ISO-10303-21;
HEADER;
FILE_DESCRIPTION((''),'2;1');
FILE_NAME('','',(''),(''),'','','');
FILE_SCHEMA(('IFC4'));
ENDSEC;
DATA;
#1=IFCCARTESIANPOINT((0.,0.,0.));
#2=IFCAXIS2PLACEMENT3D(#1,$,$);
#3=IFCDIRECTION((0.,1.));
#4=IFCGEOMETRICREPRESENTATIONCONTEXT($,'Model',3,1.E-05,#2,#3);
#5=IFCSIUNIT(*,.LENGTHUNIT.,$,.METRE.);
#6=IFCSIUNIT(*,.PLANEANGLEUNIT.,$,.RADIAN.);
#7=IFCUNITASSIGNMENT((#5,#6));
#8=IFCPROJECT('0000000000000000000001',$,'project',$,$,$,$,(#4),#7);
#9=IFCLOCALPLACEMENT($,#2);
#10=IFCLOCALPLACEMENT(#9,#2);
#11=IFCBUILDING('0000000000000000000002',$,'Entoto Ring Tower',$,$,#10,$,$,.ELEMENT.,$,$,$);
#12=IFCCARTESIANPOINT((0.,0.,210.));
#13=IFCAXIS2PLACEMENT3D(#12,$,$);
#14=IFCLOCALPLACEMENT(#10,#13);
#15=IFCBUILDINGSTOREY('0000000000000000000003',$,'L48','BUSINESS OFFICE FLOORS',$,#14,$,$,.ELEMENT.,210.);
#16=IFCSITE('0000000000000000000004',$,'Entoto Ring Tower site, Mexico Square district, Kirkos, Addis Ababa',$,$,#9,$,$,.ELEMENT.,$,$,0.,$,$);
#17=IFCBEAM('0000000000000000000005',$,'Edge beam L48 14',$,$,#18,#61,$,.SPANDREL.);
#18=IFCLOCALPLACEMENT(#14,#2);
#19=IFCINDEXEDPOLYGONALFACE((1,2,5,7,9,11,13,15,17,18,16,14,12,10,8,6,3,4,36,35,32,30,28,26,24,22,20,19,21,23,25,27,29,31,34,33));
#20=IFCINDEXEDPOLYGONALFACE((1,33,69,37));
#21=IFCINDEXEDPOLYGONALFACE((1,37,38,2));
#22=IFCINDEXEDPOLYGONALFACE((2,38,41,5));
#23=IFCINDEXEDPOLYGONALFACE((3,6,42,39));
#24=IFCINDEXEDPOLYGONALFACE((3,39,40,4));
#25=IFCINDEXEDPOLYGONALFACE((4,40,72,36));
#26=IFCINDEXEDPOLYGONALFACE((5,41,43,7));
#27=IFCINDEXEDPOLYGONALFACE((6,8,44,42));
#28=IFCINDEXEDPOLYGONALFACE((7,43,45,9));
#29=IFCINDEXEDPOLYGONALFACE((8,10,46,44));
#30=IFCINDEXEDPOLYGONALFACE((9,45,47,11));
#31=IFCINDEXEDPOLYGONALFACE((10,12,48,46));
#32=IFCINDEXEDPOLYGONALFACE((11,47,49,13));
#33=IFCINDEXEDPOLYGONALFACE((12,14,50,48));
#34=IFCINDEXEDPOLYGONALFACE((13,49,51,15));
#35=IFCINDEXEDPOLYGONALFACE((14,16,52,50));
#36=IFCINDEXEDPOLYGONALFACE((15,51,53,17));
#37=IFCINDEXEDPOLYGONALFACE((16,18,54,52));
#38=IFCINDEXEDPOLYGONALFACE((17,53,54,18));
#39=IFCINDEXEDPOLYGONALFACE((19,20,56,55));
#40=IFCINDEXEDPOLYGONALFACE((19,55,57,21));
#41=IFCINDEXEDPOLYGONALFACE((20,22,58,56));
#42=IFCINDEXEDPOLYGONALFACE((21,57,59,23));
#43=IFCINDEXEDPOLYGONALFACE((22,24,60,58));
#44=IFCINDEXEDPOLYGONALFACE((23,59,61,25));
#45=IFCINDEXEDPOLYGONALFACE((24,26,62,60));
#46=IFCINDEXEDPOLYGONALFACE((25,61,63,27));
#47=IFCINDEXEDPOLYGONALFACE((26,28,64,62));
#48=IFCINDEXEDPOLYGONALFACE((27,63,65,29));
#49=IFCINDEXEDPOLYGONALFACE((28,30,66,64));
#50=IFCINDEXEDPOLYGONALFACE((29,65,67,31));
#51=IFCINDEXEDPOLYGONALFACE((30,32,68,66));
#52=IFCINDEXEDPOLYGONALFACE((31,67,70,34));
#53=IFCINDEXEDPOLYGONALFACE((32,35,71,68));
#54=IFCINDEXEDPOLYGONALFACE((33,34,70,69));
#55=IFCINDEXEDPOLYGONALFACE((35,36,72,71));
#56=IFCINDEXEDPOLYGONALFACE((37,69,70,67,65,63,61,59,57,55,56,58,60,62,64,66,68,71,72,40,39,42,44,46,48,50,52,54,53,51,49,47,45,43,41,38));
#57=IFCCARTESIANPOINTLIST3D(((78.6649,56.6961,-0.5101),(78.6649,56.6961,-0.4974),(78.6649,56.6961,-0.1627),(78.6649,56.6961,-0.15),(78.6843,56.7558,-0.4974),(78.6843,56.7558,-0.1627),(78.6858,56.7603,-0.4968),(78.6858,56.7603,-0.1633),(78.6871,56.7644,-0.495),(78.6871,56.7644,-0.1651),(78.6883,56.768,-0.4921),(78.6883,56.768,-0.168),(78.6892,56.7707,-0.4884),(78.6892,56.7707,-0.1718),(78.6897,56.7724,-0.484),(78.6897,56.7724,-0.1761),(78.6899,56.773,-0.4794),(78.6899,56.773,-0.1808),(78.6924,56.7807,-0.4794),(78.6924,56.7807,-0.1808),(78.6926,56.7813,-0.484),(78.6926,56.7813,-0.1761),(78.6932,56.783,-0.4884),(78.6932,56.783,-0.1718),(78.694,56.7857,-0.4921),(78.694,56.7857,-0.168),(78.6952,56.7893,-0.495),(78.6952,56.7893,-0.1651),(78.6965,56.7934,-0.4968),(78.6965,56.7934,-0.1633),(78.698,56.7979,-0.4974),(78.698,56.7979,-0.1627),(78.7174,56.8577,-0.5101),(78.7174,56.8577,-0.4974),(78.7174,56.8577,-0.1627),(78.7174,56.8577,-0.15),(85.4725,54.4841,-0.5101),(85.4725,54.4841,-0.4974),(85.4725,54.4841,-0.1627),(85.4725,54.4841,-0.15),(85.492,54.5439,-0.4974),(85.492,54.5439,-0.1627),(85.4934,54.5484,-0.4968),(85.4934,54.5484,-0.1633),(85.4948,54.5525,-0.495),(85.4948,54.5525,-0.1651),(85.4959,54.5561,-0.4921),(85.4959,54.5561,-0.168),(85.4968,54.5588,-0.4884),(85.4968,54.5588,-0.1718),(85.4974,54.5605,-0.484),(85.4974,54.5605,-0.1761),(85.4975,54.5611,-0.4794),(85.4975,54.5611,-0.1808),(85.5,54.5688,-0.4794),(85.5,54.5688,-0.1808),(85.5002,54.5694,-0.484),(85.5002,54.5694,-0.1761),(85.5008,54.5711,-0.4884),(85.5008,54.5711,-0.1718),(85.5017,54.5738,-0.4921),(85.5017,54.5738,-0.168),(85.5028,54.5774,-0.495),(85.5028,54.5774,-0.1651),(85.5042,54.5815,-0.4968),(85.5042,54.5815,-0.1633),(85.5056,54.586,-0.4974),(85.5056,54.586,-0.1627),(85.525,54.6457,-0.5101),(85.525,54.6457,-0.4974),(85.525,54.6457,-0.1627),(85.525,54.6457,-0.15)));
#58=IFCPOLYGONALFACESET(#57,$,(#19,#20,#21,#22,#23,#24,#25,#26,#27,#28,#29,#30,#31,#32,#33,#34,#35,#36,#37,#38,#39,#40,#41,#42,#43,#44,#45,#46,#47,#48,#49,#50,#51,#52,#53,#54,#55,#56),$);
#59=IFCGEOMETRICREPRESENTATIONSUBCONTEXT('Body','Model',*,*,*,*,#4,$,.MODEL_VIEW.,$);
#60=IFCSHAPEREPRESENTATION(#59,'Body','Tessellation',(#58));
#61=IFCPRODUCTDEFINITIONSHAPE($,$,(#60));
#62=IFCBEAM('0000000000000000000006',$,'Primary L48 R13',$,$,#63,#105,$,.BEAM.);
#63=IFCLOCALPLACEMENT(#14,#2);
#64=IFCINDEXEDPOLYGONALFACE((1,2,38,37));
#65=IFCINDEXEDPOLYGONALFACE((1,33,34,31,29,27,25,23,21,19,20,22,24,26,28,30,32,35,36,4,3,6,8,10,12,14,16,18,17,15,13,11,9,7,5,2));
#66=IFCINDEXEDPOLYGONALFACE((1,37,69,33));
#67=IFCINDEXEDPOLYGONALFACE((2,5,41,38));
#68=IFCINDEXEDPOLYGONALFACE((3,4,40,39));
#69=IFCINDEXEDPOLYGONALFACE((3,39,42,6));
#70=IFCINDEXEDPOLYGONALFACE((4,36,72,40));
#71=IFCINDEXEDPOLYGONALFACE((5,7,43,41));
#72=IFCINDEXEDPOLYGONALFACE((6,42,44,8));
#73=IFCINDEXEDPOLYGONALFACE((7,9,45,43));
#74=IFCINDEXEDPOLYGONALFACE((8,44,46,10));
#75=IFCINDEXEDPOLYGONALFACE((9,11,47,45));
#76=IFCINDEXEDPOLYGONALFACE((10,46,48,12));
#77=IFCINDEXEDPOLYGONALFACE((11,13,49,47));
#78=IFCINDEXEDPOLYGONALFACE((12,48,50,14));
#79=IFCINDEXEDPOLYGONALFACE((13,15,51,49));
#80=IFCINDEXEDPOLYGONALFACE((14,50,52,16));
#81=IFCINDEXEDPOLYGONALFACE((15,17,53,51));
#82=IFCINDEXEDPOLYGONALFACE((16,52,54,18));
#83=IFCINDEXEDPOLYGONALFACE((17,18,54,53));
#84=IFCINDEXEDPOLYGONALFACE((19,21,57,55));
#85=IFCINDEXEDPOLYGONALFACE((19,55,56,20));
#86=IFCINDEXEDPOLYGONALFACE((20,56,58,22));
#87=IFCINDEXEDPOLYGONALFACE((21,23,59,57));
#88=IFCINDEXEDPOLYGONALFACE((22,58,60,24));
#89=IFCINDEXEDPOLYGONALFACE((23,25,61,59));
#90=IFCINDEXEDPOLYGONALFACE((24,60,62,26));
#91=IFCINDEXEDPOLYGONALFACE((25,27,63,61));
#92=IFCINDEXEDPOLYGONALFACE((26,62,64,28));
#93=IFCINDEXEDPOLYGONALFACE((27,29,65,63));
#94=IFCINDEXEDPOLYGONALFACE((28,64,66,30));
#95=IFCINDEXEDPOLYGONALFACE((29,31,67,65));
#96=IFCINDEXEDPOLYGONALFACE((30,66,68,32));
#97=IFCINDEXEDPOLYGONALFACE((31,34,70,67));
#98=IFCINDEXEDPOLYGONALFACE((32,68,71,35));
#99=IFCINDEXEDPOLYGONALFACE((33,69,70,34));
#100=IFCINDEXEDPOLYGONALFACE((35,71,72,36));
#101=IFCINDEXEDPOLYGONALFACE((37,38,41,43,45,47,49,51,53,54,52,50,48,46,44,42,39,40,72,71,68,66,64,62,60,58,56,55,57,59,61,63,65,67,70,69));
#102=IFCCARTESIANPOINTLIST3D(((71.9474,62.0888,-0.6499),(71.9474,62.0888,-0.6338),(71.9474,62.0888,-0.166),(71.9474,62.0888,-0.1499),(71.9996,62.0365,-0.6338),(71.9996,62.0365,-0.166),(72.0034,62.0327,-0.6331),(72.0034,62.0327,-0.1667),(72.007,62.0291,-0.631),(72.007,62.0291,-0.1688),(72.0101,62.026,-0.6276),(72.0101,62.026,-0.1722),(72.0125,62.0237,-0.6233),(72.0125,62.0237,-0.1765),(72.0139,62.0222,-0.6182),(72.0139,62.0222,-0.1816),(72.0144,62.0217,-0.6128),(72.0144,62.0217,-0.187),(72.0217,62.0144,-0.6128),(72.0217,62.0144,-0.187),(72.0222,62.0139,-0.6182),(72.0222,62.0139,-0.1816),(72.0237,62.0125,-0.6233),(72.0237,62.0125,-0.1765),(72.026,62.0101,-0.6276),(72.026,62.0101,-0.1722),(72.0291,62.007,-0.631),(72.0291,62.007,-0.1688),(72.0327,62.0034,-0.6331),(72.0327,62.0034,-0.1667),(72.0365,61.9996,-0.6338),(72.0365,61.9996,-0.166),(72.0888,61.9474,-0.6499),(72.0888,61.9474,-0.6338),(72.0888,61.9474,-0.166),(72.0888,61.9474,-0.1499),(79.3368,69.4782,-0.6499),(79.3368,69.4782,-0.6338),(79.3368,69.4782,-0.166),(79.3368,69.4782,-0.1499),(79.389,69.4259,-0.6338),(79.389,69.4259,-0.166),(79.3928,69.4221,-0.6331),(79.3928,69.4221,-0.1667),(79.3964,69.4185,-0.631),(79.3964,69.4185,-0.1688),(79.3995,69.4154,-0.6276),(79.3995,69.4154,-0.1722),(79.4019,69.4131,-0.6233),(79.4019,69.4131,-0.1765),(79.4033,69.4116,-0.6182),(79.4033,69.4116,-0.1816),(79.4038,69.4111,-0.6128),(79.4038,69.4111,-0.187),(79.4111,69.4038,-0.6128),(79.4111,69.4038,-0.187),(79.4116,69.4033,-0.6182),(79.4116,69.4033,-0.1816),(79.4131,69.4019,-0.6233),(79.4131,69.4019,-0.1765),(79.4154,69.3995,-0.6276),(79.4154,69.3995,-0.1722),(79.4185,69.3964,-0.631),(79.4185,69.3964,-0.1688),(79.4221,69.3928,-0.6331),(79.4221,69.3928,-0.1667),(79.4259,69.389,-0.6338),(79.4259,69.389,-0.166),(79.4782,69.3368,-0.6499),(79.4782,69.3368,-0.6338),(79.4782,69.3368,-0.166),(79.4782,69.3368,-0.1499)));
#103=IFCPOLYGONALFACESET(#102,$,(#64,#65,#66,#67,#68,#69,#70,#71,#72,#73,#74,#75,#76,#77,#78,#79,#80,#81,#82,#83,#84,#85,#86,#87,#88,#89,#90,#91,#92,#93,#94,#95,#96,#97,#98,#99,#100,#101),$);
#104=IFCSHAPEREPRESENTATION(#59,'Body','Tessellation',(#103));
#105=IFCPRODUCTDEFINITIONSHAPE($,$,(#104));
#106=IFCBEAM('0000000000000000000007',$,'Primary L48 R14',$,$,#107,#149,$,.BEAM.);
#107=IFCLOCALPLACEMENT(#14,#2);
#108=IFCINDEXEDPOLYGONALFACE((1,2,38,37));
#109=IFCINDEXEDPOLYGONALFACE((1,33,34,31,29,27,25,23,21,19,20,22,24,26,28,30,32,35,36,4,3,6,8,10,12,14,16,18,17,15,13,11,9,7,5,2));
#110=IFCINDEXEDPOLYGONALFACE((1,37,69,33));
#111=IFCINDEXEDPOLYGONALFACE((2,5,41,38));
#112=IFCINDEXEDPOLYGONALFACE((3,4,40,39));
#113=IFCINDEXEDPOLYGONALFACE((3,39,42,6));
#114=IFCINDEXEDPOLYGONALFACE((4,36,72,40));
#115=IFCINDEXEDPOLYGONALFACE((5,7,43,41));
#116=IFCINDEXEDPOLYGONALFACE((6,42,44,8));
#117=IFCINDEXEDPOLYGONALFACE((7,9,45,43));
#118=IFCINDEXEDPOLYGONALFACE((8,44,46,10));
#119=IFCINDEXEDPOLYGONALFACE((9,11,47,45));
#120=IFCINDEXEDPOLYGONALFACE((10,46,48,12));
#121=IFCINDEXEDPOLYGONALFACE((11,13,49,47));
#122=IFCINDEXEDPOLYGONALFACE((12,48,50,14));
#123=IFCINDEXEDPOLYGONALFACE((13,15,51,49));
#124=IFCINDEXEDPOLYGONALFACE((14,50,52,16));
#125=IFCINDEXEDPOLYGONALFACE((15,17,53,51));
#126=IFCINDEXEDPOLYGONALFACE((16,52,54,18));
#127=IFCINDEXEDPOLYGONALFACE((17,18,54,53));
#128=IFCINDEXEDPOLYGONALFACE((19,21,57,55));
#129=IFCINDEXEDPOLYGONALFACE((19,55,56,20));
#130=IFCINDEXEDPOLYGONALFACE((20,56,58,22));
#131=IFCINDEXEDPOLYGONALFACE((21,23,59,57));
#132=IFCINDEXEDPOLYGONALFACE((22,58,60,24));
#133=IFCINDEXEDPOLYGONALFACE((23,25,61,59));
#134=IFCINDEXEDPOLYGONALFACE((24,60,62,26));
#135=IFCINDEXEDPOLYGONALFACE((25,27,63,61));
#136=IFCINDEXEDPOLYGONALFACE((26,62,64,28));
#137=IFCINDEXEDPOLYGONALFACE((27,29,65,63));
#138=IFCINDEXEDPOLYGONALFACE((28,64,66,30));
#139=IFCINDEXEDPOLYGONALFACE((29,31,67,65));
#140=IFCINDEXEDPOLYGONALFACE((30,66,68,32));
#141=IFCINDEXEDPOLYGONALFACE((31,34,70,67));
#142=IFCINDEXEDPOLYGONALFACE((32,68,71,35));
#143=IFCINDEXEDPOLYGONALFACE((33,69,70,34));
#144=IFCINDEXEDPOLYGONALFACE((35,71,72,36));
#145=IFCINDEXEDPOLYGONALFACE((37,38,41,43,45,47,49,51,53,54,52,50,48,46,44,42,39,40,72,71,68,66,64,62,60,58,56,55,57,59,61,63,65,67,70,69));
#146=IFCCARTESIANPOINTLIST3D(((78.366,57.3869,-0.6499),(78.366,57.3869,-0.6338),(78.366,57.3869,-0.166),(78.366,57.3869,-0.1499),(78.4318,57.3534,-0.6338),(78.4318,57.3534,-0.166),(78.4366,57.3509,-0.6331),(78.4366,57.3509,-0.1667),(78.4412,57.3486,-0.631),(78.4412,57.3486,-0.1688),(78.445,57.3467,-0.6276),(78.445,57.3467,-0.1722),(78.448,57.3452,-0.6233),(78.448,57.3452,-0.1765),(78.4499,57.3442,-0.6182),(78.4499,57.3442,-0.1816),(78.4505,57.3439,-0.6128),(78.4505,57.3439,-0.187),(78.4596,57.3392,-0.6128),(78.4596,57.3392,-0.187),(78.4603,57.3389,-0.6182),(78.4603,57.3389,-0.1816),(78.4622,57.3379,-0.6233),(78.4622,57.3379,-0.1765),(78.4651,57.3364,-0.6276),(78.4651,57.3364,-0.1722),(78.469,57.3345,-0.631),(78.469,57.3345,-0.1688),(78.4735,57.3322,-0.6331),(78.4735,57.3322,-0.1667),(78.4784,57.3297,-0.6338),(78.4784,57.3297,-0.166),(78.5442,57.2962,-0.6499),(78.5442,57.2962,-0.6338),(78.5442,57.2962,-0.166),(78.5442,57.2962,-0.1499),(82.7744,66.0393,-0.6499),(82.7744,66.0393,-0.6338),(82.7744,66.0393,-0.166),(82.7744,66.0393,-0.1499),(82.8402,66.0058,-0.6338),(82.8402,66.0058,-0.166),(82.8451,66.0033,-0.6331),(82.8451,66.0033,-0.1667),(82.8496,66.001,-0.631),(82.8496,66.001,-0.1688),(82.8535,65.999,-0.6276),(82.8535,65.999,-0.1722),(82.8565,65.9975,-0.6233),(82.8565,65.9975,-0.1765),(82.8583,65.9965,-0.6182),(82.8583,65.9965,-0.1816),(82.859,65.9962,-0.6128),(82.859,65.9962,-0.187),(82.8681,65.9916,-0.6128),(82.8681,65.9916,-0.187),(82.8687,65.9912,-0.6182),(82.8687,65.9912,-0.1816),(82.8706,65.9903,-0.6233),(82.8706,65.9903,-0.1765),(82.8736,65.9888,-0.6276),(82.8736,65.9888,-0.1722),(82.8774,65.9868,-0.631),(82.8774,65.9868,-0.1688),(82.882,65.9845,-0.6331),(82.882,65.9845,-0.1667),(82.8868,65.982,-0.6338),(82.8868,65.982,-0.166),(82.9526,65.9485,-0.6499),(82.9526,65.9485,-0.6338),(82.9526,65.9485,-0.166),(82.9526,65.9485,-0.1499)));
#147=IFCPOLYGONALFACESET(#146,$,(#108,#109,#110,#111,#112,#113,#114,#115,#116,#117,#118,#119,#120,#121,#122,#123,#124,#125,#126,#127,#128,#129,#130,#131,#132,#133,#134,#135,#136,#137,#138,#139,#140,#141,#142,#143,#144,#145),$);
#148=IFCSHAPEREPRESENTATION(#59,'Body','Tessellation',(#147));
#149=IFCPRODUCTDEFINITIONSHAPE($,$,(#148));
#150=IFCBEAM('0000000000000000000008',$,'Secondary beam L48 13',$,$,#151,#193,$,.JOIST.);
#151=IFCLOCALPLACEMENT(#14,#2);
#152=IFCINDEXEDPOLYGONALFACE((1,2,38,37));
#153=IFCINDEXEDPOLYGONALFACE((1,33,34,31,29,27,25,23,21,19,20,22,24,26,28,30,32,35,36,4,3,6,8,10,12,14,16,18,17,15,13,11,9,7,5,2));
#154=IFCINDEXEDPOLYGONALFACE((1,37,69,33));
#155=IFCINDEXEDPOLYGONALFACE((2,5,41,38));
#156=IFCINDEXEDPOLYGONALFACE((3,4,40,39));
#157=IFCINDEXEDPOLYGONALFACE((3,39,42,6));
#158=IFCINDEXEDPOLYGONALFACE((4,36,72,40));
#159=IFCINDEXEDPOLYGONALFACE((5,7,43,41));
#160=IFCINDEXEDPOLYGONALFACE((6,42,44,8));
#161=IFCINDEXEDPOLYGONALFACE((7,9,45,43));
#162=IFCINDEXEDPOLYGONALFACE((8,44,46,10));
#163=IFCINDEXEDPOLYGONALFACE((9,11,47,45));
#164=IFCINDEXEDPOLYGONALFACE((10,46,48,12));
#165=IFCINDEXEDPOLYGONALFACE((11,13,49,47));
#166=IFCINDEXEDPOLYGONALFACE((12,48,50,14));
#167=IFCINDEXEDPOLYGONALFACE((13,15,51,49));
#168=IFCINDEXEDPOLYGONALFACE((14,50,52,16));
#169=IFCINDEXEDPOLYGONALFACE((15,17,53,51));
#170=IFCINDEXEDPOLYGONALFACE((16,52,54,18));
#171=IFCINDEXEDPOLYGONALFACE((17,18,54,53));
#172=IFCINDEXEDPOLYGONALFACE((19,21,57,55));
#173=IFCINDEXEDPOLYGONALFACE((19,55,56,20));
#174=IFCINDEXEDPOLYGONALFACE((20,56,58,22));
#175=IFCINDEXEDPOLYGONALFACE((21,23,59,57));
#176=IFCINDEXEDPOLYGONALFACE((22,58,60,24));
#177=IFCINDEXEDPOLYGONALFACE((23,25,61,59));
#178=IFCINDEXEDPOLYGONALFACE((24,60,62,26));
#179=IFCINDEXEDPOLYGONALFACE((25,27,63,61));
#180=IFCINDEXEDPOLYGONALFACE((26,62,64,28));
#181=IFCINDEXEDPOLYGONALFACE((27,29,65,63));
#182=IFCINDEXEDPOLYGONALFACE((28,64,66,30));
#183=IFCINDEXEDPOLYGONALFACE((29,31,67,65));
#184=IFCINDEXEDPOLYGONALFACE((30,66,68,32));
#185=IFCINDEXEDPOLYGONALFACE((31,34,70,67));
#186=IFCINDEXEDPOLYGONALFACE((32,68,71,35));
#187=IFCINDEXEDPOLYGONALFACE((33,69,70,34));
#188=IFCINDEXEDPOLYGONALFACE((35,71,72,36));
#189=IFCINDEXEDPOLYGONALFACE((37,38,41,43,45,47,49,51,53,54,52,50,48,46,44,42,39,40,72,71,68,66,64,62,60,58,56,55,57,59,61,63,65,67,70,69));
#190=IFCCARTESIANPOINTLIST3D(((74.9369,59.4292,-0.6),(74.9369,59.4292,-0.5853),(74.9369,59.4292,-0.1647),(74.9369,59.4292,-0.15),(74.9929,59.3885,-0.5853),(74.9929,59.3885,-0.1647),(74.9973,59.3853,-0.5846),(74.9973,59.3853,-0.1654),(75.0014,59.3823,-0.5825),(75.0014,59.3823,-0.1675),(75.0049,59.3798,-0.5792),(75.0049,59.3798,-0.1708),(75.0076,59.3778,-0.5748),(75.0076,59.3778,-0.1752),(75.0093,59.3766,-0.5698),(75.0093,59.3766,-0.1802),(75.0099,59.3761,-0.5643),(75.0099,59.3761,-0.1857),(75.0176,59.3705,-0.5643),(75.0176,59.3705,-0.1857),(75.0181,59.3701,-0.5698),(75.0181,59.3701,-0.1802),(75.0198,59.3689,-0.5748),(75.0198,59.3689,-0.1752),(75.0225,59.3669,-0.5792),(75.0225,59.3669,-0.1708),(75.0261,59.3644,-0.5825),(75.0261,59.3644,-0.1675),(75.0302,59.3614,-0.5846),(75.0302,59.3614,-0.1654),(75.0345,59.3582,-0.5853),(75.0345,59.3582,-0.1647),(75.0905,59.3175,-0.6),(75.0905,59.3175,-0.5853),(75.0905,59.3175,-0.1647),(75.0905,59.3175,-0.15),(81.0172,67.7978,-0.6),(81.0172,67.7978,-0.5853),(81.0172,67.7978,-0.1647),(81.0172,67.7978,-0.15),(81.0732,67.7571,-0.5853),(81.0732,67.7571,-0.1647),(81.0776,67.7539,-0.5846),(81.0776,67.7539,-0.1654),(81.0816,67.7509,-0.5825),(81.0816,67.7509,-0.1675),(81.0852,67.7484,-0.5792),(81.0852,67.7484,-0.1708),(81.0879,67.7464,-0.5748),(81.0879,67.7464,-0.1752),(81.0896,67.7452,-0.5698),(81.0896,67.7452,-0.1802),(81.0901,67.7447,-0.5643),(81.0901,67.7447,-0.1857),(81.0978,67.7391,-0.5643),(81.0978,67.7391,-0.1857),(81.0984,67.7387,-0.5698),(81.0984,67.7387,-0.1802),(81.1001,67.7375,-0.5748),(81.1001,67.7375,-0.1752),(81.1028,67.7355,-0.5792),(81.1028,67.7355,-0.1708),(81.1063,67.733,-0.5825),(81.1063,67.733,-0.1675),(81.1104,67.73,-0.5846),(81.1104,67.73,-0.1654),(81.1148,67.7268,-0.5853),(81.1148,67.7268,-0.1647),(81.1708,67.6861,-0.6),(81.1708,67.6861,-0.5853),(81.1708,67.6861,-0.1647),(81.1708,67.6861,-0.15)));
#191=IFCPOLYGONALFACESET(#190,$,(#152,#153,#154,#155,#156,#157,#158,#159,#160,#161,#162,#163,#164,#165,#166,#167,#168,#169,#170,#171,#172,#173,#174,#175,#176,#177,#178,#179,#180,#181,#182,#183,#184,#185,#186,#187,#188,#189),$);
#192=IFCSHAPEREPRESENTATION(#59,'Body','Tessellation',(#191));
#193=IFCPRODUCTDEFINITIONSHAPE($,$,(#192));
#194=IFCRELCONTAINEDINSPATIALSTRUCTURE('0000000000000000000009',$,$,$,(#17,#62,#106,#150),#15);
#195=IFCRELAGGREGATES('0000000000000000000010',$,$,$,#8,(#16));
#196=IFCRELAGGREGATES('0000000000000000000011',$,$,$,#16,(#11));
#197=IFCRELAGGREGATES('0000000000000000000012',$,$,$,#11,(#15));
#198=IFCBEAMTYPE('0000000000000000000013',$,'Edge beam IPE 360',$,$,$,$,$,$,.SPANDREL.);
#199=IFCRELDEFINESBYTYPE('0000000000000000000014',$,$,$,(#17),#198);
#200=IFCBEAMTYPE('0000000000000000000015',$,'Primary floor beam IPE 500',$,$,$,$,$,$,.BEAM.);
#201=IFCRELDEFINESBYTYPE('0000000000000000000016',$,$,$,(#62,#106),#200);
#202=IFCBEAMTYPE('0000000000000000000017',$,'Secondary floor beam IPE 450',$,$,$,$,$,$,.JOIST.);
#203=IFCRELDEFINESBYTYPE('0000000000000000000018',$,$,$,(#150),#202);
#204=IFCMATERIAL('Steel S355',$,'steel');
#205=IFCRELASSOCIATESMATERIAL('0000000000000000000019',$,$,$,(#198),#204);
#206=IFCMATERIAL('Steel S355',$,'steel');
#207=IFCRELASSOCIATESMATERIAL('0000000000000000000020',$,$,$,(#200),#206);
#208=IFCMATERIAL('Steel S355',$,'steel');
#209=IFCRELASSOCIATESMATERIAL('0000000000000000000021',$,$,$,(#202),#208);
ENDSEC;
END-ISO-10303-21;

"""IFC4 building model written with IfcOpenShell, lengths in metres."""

from ifc_helpers import new_model, si_unit, direction, frame, origin, origin_2d, place, context, subcontext, project, spatial, i_section, extrude, material, material_profile, profile_set, type_object, element, save


model = new_model("IFC4")

# Units and contexts
model_context = context("Model", 3, precision=1e-05, world=origin(), true_north=direction((0.0, 1.0)))
body_context = subcontext(model_context, "Body", "Model", "MODEL_VIEW")
ifc_project = project(units=[si_unit("LENGTHUNIT", "METRE"), si_unit("PLANEANGLEUNIT", "RADIAN")], contexts=[model_context])

# Site, building, storey
site_placement = place(None, origin())
site = spatial("IfcSite", under=ifc_project, at=site_placement, Name="Entoto Ring Tower site, Mexico Square district, Kirkos, Addis Ababa", CompositionType="ELEMENT", RefElevation=0.0)
building_placement = place(site_placement, origin())
building = spatial("IfcBuilding", under=site, at=building_placement, Name="Entoto Ring Tower", CompositionType="ELEMENT")
storey_placement = place(building_placement, frame((0.0, 0.0, 210.0)))
storey = spatial("IfcBuildingStorey", under=building, at=storey_placement, Name="L48", Description="BUSINESS OFFICE FLOORS", CompositionType="ELEMENT", Elevation=210.0)

# Beams
ifc_material_1 = material(Name="Steel S355", Category="steel")
ifc_material_profile_1 = material_profile(ifc_material_1, i_section(OverallWidth=0.1699, OverallDepth=0.3601, WebThickness=0.0081, FlangeThickness=0.0127, FilletRadius=0.0181, at=origin_2d()), Name="IPE 360")
ifc_profile_set_1 = profile_set([ifc_material_profile_1], Name="Steel S355")
beam_type_1 = type_object("IfcBeamType", Name="Edge beam IPE 360", PredefinedType="SPANDREL", material=ifc_profile_set_1)
beam_1_placement = place(storey_placement, frame((78.6912, 56.7769, -0.3301), z_axis=(0.951057, -0.309015, 0.0), x_axis=(0.309015, 0.951057, 0.0)))
element("IfcBeam", 1, at=beam_1_placement, inside=storey, type_object=beam_type_1, Name="Edge beam L48 14", PredefinedType="SPANDREL", context=body_context, shape_type="SweptSolid", body=[
    extrude(i_section(OverallWidth=0.1699, OverallDepth=0.3601, WebThickness=0.0081, FlangeThickness=0.0127, FilletRadius=0.0181, at=origin_2d()), origin(), (0.0, 0.0, 1.0), 7.158),
])
ifc_material_2 = material(Name="Steel S355", Category="steel")
ifc_material_profile_2 = material_profile(ifc_material_2, i_section(OverallWidth=0.2, OverallDepth=0.5, WebThickness=0.0103, FlangeThickness=0.0161, FilletRadius=0.021, at=origin_2d()), Name="IPE 500")
ifc_profile_set_2 = profile_set([ifc_material_profile_2], Name="Steel S355")
beam_type_2 = type_object("IfcBeamType", Name="Primary floor beam IPE 500", PredefinedType="BEAM", material=ifc_profile_set_2)
beam_2_placement = place(storey_placement, frame((79.4075, 69.4075, -0.3999), z_axis=(-0.707107, -0.707107, 0.0), x_axis=(0.707107, -0.707107, 0.0)))
element("IfcBeam", 2, at=beam_2_placement, inside=storey, type_object=beam_type_2, Name="Primary L48 R13", PredefinedType="BEAM", context=body_context, shape_type="SweptSolid", body=[
    extrude(i_section(OverallWidth=0.2, OverallDepth=0.5, WebThickness=0.0103, FlangeThickness=0.0161, FilletRadius=0.021, at=origin_2d()), origin(), (0.0, 0.0, 1.0), 10.4502),
])
beam_3_placement = place(storey_placement, frame((82.8635, 65.9939, -0.3999), z_axis=(-0.453979, -0.891012, 0.0), x_axis=(0.891012, -0.453979, 0.0)))
element("IfcBeam", 3, at=beam_3_placement, inside=storey, type_object=beam_type_2, Name="Primary L48 R14", PredefinedType="BEAM", context=body_context, shape_type="SweptSolid", body=[
    extrude(i_section(OverallWidth=0.2, OverallDepth=0.5, WebThickness=0.0103, FlangeThickness=0.0161, FilletRadius=0.021, at=origin_2d()), origin(), (0.0, 0.0, 1.0), 9.7107),
])
ifc_material_3 = material(Name="Steel S355", Category="steel")
ifc_material_profile_3 = material_profile(ifc_material_3, i_section(OverallWidth=0.1899, OverallDepth=0.45, WebThickness=0.0095, FlangeThickness=0.0146, FilletRadius=0.021, at=origin_2d()), Name="IPE 450")
ifc_profile_set_3 = profile_set([ifc_material_profile_3], Name="Steel S355")
beam_type_3 = type_object("IfcBeamType", Name="Secondary floor beam IPE 450", PredefinedType="JOIST", material=ifc_profile_set_3)
beam_4_placement = place(storey_placement, frame((81.094, 67.7419, -0.375), z_axis=(-0.587794, -0.809011, 0.0), x_axis=(0.809011, -0.587794, 0.0)))
element("IfcBeam", 4, at=beam_4_placement, inside=storey, type_object=beam_type_3, Name="Secondary beam L48 13", PredefinedType="JOIST", context=body_context, shape_type="SweptSolid", body=[
    extrude(i_section(OverallWidth=0.1899, OverallDepth=0.45, WebThickness=0.0095, FlangeThickness=0.0146, FilletRadius=0.021, at=origin_2d()), origin(), (0.0, 0.0, 1.0), 10.3442),
])

save(model, "model.ifc")
